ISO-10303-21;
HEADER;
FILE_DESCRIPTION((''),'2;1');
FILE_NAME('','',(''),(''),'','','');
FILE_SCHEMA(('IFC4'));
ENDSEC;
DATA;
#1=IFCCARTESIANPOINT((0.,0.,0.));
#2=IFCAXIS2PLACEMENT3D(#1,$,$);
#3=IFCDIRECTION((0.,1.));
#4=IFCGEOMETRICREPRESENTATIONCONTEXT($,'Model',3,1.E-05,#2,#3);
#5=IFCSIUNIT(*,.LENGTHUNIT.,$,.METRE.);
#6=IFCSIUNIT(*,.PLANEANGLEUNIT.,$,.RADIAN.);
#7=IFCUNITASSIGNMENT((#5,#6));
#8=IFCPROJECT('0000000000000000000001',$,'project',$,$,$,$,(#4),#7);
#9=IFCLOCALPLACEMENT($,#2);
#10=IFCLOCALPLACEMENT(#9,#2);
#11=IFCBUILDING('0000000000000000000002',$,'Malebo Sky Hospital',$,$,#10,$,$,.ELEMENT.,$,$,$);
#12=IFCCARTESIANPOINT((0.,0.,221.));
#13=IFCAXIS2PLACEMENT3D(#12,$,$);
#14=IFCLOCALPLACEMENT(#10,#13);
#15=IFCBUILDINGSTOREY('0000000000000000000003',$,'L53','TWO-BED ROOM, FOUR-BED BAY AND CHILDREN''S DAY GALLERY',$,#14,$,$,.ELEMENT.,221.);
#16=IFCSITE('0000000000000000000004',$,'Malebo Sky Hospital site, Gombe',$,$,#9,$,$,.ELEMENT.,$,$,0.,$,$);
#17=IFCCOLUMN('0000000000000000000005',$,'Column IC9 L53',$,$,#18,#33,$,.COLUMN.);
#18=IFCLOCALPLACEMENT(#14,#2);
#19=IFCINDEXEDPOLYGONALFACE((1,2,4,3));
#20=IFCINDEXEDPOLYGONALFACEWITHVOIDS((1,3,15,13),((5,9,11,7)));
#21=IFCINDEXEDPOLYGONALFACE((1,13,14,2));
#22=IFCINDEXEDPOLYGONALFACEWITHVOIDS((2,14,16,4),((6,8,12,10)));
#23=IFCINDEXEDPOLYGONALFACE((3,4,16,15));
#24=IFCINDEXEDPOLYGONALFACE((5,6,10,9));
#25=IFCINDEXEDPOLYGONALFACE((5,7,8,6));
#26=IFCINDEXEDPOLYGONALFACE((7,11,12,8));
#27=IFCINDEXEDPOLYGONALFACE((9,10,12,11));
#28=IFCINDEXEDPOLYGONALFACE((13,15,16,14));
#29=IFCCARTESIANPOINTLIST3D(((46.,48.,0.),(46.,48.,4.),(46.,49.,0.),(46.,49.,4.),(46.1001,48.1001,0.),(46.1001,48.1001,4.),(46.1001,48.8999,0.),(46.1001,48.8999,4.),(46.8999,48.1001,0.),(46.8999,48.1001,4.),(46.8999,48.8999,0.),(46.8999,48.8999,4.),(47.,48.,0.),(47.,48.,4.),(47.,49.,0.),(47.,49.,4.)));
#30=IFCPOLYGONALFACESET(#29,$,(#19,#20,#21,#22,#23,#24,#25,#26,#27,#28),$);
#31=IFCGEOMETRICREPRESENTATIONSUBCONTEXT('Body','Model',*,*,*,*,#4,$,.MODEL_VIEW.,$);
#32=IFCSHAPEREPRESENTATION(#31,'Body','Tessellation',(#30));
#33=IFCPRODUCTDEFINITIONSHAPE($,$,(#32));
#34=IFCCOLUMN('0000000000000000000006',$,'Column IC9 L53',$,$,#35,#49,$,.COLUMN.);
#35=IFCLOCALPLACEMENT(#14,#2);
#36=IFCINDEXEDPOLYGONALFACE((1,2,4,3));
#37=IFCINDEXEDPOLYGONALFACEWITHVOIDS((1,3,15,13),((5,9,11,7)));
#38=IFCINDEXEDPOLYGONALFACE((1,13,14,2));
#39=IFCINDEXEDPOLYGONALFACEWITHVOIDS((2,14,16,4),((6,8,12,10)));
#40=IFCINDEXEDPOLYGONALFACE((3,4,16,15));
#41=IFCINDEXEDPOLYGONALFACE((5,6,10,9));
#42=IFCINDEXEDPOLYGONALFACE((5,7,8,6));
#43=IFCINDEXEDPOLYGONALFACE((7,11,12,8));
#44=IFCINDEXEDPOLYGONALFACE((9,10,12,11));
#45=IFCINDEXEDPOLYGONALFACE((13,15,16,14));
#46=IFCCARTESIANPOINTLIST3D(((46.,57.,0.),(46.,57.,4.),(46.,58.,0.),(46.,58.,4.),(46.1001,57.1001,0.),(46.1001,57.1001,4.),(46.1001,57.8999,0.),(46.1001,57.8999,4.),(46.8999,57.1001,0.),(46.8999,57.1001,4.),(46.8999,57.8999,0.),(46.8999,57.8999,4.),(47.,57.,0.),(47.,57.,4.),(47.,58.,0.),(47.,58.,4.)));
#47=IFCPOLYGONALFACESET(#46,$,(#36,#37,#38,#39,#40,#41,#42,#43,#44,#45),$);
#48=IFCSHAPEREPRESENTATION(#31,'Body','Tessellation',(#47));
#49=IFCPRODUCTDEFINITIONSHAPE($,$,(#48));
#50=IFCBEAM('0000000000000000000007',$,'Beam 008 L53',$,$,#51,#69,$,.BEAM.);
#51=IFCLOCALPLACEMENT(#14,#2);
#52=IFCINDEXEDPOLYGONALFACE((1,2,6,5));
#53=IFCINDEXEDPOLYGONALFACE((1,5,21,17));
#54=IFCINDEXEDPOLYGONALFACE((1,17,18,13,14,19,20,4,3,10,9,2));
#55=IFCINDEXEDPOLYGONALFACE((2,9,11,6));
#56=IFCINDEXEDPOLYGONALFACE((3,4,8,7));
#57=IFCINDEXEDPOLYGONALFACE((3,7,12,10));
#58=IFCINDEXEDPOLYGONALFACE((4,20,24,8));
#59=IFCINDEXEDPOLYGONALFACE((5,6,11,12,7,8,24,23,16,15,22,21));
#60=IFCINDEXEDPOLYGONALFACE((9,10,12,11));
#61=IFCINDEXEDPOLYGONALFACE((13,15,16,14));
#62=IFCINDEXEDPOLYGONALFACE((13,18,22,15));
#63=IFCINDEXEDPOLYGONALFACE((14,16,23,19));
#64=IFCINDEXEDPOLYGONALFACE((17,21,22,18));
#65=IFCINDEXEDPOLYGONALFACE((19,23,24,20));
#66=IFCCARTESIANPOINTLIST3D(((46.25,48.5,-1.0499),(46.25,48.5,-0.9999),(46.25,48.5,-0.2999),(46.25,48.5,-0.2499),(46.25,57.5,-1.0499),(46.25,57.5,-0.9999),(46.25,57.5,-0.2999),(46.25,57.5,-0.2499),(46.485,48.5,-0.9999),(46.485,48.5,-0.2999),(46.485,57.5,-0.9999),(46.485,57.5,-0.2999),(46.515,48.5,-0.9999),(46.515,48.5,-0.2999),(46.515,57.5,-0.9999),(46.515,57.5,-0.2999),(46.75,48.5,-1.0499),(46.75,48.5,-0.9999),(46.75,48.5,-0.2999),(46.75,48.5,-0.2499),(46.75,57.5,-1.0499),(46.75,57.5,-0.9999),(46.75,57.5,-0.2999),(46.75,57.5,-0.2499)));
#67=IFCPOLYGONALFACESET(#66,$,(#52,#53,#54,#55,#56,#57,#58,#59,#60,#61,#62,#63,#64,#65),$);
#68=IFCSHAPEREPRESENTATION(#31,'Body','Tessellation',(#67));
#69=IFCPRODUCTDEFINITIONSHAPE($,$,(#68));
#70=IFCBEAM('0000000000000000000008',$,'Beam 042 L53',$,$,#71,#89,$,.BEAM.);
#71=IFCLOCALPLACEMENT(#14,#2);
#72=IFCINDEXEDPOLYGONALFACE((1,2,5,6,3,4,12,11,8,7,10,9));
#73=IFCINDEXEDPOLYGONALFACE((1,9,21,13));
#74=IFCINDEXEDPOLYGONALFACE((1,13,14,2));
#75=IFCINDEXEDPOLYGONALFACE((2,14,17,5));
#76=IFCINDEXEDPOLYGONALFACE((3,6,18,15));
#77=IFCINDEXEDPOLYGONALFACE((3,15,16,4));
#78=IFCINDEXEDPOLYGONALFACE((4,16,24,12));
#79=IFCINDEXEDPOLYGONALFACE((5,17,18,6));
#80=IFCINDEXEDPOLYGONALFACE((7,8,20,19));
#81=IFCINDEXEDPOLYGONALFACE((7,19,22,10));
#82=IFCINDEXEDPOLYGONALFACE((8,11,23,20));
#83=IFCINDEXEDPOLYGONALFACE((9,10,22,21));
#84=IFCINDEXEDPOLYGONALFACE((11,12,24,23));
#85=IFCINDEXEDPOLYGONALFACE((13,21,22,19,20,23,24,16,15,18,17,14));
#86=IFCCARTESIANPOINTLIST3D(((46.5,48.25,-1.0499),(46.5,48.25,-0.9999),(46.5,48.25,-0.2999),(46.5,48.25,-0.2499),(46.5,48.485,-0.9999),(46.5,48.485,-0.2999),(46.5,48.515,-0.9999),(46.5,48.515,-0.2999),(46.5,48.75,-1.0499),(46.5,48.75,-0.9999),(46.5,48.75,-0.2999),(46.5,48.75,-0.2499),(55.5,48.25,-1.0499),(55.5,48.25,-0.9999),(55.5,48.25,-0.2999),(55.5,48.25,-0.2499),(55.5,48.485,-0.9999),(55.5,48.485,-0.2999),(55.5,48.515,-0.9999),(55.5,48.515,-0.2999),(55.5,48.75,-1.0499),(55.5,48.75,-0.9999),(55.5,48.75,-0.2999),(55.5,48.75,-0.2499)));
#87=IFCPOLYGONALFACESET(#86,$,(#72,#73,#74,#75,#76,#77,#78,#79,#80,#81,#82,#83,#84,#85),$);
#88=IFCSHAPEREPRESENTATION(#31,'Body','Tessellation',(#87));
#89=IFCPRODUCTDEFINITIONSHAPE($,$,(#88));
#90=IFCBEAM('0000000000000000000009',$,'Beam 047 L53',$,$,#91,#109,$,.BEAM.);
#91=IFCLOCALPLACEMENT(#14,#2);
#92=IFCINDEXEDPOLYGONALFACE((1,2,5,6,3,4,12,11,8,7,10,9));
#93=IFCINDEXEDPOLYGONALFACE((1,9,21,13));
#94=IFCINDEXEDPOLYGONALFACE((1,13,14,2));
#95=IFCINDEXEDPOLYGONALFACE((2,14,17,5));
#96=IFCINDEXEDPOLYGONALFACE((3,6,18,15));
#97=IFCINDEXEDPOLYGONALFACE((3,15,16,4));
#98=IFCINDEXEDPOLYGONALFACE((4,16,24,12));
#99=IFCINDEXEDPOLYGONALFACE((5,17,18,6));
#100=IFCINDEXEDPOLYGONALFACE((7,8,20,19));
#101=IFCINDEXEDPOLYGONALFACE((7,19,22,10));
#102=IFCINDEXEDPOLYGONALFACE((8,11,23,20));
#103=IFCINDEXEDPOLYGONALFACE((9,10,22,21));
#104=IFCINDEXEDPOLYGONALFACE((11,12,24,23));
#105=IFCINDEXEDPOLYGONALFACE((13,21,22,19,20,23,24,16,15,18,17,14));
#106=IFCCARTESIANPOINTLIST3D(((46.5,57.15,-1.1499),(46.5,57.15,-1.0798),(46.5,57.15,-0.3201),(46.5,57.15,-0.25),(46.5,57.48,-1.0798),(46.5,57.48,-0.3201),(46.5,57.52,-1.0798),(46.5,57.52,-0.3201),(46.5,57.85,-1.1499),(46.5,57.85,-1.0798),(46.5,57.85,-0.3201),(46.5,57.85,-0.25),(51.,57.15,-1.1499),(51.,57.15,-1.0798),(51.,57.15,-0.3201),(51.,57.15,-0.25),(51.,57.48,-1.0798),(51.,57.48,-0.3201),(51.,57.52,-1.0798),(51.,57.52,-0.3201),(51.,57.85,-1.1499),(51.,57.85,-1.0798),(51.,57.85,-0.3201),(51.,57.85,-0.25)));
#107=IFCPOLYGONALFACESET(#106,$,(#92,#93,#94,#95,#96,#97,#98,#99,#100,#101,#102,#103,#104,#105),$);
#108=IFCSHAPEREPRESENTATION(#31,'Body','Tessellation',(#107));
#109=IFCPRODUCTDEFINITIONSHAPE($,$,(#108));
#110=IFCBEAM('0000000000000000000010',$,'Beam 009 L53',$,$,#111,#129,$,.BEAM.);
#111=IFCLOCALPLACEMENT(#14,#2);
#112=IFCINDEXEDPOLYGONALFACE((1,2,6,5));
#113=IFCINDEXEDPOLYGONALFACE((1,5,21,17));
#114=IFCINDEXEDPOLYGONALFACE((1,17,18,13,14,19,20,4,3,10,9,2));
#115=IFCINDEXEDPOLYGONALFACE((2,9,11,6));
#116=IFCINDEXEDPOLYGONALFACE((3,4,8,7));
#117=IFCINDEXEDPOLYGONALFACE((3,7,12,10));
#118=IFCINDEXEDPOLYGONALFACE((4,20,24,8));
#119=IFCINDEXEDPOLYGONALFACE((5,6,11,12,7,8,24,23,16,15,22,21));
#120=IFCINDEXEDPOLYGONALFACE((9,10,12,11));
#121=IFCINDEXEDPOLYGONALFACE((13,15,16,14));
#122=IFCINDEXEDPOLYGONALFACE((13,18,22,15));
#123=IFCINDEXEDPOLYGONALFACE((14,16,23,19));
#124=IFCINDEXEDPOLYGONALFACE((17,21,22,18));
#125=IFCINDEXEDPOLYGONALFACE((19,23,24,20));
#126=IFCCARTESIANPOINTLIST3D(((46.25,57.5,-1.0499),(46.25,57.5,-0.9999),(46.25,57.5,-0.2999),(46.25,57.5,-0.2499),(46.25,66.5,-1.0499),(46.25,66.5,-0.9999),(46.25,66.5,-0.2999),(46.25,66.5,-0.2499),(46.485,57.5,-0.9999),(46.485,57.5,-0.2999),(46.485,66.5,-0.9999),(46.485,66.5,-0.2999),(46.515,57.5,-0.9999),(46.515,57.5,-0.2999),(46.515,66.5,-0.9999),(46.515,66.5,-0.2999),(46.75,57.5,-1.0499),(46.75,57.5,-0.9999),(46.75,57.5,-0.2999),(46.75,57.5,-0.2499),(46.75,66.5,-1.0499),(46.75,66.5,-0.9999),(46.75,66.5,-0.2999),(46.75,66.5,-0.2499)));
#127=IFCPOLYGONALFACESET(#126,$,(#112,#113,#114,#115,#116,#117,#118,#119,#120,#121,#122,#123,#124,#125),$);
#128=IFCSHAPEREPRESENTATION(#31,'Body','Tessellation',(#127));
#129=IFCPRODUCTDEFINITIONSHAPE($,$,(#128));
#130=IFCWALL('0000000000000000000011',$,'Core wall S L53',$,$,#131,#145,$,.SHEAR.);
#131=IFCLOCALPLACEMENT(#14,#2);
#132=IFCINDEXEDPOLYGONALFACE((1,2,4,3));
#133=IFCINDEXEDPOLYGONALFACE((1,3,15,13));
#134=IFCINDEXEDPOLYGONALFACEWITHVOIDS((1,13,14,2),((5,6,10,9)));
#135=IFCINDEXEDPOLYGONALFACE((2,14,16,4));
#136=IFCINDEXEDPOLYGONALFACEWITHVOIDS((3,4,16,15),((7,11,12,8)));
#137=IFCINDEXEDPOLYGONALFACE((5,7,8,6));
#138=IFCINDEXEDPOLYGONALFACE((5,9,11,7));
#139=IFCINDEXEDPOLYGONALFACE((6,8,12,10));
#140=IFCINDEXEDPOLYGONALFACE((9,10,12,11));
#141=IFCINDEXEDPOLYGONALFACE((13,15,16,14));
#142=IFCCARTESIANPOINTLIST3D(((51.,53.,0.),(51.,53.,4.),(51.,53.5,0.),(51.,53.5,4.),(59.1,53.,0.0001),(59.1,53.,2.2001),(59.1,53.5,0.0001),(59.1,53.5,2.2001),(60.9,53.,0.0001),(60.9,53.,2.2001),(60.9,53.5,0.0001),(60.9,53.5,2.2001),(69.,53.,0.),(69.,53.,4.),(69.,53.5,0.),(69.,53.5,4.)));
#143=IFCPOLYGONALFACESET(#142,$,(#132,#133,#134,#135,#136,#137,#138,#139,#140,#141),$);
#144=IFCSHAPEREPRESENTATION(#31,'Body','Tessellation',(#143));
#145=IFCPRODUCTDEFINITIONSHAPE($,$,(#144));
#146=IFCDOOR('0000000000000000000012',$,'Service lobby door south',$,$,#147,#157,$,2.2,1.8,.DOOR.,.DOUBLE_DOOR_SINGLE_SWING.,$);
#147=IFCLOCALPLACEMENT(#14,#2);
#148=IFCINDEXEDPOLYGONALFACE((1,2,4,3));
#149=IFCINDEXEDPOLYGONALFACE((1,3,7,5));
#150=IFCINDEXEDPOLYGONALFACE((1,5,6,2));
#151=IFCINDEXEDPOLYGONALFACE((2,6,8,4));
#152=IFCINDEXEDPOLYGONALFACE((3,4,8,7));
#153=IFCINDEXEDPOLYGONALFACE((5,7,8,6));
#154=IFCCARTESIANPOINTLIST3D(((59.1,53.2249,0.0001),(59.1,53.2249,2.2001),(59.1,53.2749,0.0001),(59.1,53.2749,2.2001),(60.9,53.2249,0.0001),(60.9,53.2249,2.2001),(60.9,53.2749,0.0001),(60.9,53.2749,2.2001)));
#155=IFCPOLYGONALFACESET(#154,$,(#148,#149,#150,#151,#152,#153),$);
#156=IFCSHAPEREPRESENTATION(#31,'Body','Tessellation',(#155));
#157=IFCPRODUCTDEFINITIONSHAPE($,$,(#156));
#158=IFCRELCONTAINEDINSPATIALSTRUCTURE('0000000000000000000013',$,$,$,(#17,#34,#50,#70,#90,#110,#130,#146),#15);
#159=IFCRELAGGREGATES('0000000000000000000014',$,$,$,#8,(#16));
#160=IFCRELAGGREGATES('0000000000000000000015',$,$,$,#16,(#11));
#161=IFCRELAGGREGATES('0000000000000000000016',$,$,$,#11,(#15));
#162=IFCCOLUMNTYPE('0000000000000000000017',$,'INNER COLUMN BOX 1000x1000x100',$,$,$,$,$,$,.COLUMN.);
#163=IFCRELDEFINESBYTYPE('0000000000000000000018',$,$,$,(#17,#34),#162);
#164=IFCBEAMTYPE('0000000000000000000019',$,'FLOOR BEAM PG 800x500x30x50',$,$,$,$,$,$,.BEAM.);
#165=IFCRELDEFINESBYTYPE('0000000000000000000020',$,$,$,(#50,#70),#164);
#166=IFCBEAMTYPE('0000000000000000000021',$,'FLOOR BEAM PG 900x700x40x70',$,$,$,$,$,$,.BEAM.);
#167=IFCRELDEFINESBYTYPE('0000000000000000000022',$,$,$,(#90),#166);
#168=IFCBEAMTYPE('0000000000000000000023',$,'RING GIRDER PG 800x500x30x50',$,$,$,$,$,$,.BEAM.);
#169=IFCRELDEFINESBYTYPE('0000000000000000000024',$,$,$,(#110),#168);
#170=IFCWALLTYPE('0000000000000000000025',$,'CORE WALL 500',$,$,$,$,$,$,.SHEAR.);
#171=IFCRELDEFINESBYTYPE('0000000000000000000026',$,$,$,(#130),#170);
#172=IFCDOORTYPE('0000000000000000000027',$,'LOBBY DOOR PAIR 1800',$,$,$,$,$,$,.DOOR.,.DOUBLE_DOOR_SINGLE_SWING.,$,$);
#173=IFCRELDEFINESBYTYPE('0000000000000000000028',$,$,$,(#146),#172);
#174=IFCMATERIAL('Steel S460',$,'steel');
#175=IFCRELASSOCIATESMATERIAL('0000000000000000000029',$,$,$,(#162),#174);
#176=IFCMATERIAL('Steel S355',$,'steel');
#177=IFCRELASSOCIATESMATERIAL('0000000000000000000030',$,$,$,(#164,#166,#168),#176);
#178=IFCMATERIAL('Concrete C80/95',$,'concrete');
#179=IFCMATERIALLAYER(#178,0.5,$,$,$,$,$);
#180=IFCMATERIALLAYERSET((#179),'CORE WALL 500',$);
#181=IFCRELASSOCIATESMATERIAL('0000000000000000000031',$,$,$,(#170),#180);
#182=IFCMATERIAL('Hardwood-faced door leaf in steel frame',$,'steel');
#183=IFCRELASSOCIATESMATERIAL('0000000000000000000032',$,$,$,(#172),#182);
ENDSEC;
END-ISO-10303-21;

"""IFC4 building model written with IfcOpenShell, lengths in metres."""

from ifc_helpers import new_model, si_unit, direction, frame, frame_2d, origin, origin_2d, place, context, subcontext, project, spatial, rectangle, hollow_rectangle, i_section, extrude, material, layer, layer_set, material_profile, profile_set, type_object, element, fill, save


model = new_model("IFC4")

# Units and contexts
model_context = context("Model", 3, precision=1e-05, world=origin(), true_north=direction((0.0, 1.0)))
body_context = subcontext(model_context, "Body", "Model", "MODEL_VIEW")
ifc_project = project(units=[si_unit("LENGTHUNIT", "METRE"), si_unit("PLANEANGLEUNIT", "RADIAN")], contexts=[model_context])

# Site, building, storey
site_placement = place(None, origin())
site = spatial("IfcSite", under=ifc_project, at=site_placement, Name="Malebo Sky Hospital site, Gombe", CompositionType="ELEMENT", RefElevation=0.0)
building_placement = place(site_placement, origin())
building = spatial("IfcBuilding", under=site, at=building_placement, Name="Malebo Sky Hospital", CompositionType="ELEMENT")
storey_placement = place(building_placement, frame((0.0, 0.0, 221.0)))
storey = spatial("IfcBuildingStorey", under=building, at=storey_placement, Name="L53", Description="TWO-BED ROOM, FOUR-BED BAY AND CHILDREN'S DAY GALLERY", CompositionType="ELEMENT", Elevation=221.0)

# Columns
ifc_material_1 = material(Name="Steel S460", Category="steel")
ifc_material_profile_1 = material_profile(ifc_material_1, hollow_rectangle(XDim=1.0, YDim=1.0, WallThickness=0.1001, at=origin_2d()), Name="BOX 1000x1000x100")
ifc_profile_set_1 = profile_set([ifc_material_profile_1], Name="Steel S460")
column_type = type_object("IfcColumnType", Name="INNER COLUMN BOX 1000x1000x100", PredefinedType="COLUMN", material=ifc_profile_set_1)
for number, where, z_axis, x_axis, name in (
    (1, (46.5, 48.5, 0.0), (0.0, 0.0, 1.0), (1.0, 0.0, 0.0), "Column IC9 L53"),
    (2, (46.5, 57.5, 0.0), (0.0, 0.0, 1.0), (1.0, 0.0, 0.0), "Column IC9 L53"),
):
    element("IfcColumn", number, at=place(storey_placement, frame(where, z_axis=z_axis, x_axis=x_axis)), inside=storey, type_object=column_type, Name=name, PredefinedType="COLUMN", context=body_context, shape_type="SweptSolid", body=[
        extrude(hollow_rectangle(XDim=1.0, YDim=1.0, WallThickness=0.1001, at=origin_2d()), origin(), (0.0, 0.0, 1.0), 4.0),
    ])

# Beams
ifc_material_2 = material(Name="Steel S355", Category="steel")
ifc_material_profile_2 = material_profile(ifc_material_2, i_section(OverallWidth=0.5, OverallDepth=0.8, WebThickness=0.03, FlangeThickness=0.05, at=origin_2d()), Name="PG 800x500x30x50")
ifc_profile_set_2 = profile_set([ifc_material_profile_2], Name="Steel S355")
beam_type_1 = type_object("IfcBeamType", Name="FLOOR BEAM PG 800x500x30x50", PredefinedType="BEAM", material=ifc_profile_set_2)
for number, where, z_axis, x_axis, name in (
    (3, (46.5, 48.5, -0.6499), (0.0, 1.0, 0.0), (-1.0, 0.0, 0.0), "Beam 008 L53"),
    (4, (46.5, 48.5, -0.6499), (1.0, 0.0, 0.0), (0.0, 1.0, 0.0), "Beam 042 L53"),
):
    element("IfcBeam", number, at=place(storey_placement, frame(where, z_axis=z_axis, x_axis=x_axis)), inside=storey, type_object=beam_type_1, Name=name, PredefinedType="BEAM", context=body_context, shape_type="SweptSolid", body=[
        extrude(i_section(OverallWidth=0.5, OverallDepth=0.8, WebThickness=0.03, FlangeThickness=0.05, at=origin_2d()), origin(), (0.0, 0.0, 1.0), 9.0),
    ])
ifc_material_profile_3 = material_profile(ifc_material_2, i_section(OverallWidth=0.7, OverallDepth=0.8999, WebThickness=0.04, FlangeThickness=0.0701, at=origin_2d()), Name="PG 900x700x40x70")
ifc_profile_set_3 = profile_set([ifc_material_profile_3], Name="Steel S355")
beam_type_2 = type_object("IfcBeamType", Name="FLOOR BEAM PG 900x700x40x70", PredefinedType="BEAM", material=ifc_profile_set_3)
beam_1_placement = place(storey_placement, frame((46.5, 57.5, -0.7), z_axis=(1.0, 0.0, 0.0), x_axis=(0.0, 1.0, 0.0)))
element("IfcBeam", 5, at=beam_1_placement, inside=storey, type_object=beam_type_2, Name="Beam 047 L53", PredefinedType="BEAM", context=body_context, shape_type="SweptSolid", body=[
    extrude(i_section(OverallWidth=0.7, OverallDepth=0.8999, WebThickness=0.04, FlangeThickness=0.0701, at=origin_2d()), origin(), (0.0, 0.0, 1.0), 4.5),
])
ifc_material_profile_4 = material_profile(ifc_material_2, i_section(OverallWidth=0.5, OverallDepth=0.8, WebThickness=0.03, FlangeThickness=0.05, at=origin_2d()), Name="PG 800x500x30x50")
ifc_profile_set_4 = profile_set([ifc_material_profile_4], Name="Steel S355")
beam_type_3 = type_object("IfcBeamType", Name="RING GIRDER PG 800x500x30x50", PredefinedType="BEAM", material=ifc_profile_set_4)
beam_2_placement = place(storey_placement, frame((46.5, 57.5, -0.6499), z_axis=(0.0, 1.0, 0.0), x_axis=(-1.0, 0.0, 0.0)))
element("IfcBeam", 6, at=beam_2_placement, inside=storey, type_object=beam_type_3, Name="Beam 009 L53", PredefinedType="BEAM", context=body_context, shape_type="SweptSolid", body=[
    extrude(i_section(OverallWidth=0.5, OverallDepth=0.8, WebThickness=0.03, FlangeThickness=0.05, at=origin_2d()), origin(), (0.0, 0.0, 1.0), 9.0),
])

# Wall, opening, door
ifc_material_3 = material(Name="Concrete C80/95", Category="concrete")
ifc_layer_1 = layer(ifc_material_3, 0.5)
ifc_layer_set_1 = layer_set([ifc_layer_1], Name="CORE WALL 500")
wall_type_1 = type_object("IfcWallType", Name="CORE WALL 500", PredefinedType="SHEAR", material=ifc_layer_set_1)
wall_1_placement = place(storey_placement, frame((51.0, 53.25, 0.0), z_axis=(0.0, 0.0, 1.0), x_axis=(1.0, 0.0, 0.0)))
wall_1 = element("IfcWall", 7, at=wall_1_placement, inside=storey, type_object=wall_type_1, Name="Core wall S L53", PredefinedType="SHEAR", context=body_context, shape_type="SweptSolid", body=[
    extrude(rectangle(XDim=18.0, YDim=0.5, at=frame_2d((9.0, 0.0))), origin(), (0.0, 0.0, 1.0), 4.0),
])
opening_1_placement = place(wall_1_placement, frame((8.1001, 0.0, 0.0)))
opening_1 = element("IfcOpeningElement", 8, at=opening_1_placement, cuts=wall_1, PredefinedType="OPENING", context=body_context, shape_type="SweptSolid", body=[
    extrude(rectangle(XDim=1.8, YDim=2.2, at=frame_2d((0.8999, 1.1001))), frame((0.0, 0.26, 0.0), z_axis=(0.0, -1.0, 0.0), x_axis=(1.0, 0.0, 0.0)), (0.0, 0.0, 1.0), 0.52),
])
ifc_material_4 = material(Name="Hardwood-faced door leaf in steel frame", Category="steel")
door_type_1 = type_object("IfcDoorType", Name="LOBBY DOOR PAIR 1800", OperationType="DOUBLE_DOOR_SINGLE_SWING", PredefinedType="DOOR", material=ifc_material_4)
door_1_placement = place(opening_1_placement, origin())
door_1 = element("IfcDoor", 9, at=door_1_placement, inside=storey, type_object=door_type_1, Name="Service lobby door south", OperationType="DOUBLE_DOOR_SINGLE_SWING", OverallHeight=2.2, OverallWidth=1.8, PredefinedType="DOOR", context=body_context, shape_type="SweptSolid", body=[
    extrude(rectangle(XDim=1.8, YDim=2.2, at=frame_2d((0.8999, 1.1001))), frame((0.0, 0.0249, 0.0), z_axis=(0.0, -1.0, 0.0), x_axis=(1.0, 0.0, 0.0)), (0.0, 0.0, 1.0), 0.05),
])
fill(opening_1, door_1)

save(model, "model.ifc")
